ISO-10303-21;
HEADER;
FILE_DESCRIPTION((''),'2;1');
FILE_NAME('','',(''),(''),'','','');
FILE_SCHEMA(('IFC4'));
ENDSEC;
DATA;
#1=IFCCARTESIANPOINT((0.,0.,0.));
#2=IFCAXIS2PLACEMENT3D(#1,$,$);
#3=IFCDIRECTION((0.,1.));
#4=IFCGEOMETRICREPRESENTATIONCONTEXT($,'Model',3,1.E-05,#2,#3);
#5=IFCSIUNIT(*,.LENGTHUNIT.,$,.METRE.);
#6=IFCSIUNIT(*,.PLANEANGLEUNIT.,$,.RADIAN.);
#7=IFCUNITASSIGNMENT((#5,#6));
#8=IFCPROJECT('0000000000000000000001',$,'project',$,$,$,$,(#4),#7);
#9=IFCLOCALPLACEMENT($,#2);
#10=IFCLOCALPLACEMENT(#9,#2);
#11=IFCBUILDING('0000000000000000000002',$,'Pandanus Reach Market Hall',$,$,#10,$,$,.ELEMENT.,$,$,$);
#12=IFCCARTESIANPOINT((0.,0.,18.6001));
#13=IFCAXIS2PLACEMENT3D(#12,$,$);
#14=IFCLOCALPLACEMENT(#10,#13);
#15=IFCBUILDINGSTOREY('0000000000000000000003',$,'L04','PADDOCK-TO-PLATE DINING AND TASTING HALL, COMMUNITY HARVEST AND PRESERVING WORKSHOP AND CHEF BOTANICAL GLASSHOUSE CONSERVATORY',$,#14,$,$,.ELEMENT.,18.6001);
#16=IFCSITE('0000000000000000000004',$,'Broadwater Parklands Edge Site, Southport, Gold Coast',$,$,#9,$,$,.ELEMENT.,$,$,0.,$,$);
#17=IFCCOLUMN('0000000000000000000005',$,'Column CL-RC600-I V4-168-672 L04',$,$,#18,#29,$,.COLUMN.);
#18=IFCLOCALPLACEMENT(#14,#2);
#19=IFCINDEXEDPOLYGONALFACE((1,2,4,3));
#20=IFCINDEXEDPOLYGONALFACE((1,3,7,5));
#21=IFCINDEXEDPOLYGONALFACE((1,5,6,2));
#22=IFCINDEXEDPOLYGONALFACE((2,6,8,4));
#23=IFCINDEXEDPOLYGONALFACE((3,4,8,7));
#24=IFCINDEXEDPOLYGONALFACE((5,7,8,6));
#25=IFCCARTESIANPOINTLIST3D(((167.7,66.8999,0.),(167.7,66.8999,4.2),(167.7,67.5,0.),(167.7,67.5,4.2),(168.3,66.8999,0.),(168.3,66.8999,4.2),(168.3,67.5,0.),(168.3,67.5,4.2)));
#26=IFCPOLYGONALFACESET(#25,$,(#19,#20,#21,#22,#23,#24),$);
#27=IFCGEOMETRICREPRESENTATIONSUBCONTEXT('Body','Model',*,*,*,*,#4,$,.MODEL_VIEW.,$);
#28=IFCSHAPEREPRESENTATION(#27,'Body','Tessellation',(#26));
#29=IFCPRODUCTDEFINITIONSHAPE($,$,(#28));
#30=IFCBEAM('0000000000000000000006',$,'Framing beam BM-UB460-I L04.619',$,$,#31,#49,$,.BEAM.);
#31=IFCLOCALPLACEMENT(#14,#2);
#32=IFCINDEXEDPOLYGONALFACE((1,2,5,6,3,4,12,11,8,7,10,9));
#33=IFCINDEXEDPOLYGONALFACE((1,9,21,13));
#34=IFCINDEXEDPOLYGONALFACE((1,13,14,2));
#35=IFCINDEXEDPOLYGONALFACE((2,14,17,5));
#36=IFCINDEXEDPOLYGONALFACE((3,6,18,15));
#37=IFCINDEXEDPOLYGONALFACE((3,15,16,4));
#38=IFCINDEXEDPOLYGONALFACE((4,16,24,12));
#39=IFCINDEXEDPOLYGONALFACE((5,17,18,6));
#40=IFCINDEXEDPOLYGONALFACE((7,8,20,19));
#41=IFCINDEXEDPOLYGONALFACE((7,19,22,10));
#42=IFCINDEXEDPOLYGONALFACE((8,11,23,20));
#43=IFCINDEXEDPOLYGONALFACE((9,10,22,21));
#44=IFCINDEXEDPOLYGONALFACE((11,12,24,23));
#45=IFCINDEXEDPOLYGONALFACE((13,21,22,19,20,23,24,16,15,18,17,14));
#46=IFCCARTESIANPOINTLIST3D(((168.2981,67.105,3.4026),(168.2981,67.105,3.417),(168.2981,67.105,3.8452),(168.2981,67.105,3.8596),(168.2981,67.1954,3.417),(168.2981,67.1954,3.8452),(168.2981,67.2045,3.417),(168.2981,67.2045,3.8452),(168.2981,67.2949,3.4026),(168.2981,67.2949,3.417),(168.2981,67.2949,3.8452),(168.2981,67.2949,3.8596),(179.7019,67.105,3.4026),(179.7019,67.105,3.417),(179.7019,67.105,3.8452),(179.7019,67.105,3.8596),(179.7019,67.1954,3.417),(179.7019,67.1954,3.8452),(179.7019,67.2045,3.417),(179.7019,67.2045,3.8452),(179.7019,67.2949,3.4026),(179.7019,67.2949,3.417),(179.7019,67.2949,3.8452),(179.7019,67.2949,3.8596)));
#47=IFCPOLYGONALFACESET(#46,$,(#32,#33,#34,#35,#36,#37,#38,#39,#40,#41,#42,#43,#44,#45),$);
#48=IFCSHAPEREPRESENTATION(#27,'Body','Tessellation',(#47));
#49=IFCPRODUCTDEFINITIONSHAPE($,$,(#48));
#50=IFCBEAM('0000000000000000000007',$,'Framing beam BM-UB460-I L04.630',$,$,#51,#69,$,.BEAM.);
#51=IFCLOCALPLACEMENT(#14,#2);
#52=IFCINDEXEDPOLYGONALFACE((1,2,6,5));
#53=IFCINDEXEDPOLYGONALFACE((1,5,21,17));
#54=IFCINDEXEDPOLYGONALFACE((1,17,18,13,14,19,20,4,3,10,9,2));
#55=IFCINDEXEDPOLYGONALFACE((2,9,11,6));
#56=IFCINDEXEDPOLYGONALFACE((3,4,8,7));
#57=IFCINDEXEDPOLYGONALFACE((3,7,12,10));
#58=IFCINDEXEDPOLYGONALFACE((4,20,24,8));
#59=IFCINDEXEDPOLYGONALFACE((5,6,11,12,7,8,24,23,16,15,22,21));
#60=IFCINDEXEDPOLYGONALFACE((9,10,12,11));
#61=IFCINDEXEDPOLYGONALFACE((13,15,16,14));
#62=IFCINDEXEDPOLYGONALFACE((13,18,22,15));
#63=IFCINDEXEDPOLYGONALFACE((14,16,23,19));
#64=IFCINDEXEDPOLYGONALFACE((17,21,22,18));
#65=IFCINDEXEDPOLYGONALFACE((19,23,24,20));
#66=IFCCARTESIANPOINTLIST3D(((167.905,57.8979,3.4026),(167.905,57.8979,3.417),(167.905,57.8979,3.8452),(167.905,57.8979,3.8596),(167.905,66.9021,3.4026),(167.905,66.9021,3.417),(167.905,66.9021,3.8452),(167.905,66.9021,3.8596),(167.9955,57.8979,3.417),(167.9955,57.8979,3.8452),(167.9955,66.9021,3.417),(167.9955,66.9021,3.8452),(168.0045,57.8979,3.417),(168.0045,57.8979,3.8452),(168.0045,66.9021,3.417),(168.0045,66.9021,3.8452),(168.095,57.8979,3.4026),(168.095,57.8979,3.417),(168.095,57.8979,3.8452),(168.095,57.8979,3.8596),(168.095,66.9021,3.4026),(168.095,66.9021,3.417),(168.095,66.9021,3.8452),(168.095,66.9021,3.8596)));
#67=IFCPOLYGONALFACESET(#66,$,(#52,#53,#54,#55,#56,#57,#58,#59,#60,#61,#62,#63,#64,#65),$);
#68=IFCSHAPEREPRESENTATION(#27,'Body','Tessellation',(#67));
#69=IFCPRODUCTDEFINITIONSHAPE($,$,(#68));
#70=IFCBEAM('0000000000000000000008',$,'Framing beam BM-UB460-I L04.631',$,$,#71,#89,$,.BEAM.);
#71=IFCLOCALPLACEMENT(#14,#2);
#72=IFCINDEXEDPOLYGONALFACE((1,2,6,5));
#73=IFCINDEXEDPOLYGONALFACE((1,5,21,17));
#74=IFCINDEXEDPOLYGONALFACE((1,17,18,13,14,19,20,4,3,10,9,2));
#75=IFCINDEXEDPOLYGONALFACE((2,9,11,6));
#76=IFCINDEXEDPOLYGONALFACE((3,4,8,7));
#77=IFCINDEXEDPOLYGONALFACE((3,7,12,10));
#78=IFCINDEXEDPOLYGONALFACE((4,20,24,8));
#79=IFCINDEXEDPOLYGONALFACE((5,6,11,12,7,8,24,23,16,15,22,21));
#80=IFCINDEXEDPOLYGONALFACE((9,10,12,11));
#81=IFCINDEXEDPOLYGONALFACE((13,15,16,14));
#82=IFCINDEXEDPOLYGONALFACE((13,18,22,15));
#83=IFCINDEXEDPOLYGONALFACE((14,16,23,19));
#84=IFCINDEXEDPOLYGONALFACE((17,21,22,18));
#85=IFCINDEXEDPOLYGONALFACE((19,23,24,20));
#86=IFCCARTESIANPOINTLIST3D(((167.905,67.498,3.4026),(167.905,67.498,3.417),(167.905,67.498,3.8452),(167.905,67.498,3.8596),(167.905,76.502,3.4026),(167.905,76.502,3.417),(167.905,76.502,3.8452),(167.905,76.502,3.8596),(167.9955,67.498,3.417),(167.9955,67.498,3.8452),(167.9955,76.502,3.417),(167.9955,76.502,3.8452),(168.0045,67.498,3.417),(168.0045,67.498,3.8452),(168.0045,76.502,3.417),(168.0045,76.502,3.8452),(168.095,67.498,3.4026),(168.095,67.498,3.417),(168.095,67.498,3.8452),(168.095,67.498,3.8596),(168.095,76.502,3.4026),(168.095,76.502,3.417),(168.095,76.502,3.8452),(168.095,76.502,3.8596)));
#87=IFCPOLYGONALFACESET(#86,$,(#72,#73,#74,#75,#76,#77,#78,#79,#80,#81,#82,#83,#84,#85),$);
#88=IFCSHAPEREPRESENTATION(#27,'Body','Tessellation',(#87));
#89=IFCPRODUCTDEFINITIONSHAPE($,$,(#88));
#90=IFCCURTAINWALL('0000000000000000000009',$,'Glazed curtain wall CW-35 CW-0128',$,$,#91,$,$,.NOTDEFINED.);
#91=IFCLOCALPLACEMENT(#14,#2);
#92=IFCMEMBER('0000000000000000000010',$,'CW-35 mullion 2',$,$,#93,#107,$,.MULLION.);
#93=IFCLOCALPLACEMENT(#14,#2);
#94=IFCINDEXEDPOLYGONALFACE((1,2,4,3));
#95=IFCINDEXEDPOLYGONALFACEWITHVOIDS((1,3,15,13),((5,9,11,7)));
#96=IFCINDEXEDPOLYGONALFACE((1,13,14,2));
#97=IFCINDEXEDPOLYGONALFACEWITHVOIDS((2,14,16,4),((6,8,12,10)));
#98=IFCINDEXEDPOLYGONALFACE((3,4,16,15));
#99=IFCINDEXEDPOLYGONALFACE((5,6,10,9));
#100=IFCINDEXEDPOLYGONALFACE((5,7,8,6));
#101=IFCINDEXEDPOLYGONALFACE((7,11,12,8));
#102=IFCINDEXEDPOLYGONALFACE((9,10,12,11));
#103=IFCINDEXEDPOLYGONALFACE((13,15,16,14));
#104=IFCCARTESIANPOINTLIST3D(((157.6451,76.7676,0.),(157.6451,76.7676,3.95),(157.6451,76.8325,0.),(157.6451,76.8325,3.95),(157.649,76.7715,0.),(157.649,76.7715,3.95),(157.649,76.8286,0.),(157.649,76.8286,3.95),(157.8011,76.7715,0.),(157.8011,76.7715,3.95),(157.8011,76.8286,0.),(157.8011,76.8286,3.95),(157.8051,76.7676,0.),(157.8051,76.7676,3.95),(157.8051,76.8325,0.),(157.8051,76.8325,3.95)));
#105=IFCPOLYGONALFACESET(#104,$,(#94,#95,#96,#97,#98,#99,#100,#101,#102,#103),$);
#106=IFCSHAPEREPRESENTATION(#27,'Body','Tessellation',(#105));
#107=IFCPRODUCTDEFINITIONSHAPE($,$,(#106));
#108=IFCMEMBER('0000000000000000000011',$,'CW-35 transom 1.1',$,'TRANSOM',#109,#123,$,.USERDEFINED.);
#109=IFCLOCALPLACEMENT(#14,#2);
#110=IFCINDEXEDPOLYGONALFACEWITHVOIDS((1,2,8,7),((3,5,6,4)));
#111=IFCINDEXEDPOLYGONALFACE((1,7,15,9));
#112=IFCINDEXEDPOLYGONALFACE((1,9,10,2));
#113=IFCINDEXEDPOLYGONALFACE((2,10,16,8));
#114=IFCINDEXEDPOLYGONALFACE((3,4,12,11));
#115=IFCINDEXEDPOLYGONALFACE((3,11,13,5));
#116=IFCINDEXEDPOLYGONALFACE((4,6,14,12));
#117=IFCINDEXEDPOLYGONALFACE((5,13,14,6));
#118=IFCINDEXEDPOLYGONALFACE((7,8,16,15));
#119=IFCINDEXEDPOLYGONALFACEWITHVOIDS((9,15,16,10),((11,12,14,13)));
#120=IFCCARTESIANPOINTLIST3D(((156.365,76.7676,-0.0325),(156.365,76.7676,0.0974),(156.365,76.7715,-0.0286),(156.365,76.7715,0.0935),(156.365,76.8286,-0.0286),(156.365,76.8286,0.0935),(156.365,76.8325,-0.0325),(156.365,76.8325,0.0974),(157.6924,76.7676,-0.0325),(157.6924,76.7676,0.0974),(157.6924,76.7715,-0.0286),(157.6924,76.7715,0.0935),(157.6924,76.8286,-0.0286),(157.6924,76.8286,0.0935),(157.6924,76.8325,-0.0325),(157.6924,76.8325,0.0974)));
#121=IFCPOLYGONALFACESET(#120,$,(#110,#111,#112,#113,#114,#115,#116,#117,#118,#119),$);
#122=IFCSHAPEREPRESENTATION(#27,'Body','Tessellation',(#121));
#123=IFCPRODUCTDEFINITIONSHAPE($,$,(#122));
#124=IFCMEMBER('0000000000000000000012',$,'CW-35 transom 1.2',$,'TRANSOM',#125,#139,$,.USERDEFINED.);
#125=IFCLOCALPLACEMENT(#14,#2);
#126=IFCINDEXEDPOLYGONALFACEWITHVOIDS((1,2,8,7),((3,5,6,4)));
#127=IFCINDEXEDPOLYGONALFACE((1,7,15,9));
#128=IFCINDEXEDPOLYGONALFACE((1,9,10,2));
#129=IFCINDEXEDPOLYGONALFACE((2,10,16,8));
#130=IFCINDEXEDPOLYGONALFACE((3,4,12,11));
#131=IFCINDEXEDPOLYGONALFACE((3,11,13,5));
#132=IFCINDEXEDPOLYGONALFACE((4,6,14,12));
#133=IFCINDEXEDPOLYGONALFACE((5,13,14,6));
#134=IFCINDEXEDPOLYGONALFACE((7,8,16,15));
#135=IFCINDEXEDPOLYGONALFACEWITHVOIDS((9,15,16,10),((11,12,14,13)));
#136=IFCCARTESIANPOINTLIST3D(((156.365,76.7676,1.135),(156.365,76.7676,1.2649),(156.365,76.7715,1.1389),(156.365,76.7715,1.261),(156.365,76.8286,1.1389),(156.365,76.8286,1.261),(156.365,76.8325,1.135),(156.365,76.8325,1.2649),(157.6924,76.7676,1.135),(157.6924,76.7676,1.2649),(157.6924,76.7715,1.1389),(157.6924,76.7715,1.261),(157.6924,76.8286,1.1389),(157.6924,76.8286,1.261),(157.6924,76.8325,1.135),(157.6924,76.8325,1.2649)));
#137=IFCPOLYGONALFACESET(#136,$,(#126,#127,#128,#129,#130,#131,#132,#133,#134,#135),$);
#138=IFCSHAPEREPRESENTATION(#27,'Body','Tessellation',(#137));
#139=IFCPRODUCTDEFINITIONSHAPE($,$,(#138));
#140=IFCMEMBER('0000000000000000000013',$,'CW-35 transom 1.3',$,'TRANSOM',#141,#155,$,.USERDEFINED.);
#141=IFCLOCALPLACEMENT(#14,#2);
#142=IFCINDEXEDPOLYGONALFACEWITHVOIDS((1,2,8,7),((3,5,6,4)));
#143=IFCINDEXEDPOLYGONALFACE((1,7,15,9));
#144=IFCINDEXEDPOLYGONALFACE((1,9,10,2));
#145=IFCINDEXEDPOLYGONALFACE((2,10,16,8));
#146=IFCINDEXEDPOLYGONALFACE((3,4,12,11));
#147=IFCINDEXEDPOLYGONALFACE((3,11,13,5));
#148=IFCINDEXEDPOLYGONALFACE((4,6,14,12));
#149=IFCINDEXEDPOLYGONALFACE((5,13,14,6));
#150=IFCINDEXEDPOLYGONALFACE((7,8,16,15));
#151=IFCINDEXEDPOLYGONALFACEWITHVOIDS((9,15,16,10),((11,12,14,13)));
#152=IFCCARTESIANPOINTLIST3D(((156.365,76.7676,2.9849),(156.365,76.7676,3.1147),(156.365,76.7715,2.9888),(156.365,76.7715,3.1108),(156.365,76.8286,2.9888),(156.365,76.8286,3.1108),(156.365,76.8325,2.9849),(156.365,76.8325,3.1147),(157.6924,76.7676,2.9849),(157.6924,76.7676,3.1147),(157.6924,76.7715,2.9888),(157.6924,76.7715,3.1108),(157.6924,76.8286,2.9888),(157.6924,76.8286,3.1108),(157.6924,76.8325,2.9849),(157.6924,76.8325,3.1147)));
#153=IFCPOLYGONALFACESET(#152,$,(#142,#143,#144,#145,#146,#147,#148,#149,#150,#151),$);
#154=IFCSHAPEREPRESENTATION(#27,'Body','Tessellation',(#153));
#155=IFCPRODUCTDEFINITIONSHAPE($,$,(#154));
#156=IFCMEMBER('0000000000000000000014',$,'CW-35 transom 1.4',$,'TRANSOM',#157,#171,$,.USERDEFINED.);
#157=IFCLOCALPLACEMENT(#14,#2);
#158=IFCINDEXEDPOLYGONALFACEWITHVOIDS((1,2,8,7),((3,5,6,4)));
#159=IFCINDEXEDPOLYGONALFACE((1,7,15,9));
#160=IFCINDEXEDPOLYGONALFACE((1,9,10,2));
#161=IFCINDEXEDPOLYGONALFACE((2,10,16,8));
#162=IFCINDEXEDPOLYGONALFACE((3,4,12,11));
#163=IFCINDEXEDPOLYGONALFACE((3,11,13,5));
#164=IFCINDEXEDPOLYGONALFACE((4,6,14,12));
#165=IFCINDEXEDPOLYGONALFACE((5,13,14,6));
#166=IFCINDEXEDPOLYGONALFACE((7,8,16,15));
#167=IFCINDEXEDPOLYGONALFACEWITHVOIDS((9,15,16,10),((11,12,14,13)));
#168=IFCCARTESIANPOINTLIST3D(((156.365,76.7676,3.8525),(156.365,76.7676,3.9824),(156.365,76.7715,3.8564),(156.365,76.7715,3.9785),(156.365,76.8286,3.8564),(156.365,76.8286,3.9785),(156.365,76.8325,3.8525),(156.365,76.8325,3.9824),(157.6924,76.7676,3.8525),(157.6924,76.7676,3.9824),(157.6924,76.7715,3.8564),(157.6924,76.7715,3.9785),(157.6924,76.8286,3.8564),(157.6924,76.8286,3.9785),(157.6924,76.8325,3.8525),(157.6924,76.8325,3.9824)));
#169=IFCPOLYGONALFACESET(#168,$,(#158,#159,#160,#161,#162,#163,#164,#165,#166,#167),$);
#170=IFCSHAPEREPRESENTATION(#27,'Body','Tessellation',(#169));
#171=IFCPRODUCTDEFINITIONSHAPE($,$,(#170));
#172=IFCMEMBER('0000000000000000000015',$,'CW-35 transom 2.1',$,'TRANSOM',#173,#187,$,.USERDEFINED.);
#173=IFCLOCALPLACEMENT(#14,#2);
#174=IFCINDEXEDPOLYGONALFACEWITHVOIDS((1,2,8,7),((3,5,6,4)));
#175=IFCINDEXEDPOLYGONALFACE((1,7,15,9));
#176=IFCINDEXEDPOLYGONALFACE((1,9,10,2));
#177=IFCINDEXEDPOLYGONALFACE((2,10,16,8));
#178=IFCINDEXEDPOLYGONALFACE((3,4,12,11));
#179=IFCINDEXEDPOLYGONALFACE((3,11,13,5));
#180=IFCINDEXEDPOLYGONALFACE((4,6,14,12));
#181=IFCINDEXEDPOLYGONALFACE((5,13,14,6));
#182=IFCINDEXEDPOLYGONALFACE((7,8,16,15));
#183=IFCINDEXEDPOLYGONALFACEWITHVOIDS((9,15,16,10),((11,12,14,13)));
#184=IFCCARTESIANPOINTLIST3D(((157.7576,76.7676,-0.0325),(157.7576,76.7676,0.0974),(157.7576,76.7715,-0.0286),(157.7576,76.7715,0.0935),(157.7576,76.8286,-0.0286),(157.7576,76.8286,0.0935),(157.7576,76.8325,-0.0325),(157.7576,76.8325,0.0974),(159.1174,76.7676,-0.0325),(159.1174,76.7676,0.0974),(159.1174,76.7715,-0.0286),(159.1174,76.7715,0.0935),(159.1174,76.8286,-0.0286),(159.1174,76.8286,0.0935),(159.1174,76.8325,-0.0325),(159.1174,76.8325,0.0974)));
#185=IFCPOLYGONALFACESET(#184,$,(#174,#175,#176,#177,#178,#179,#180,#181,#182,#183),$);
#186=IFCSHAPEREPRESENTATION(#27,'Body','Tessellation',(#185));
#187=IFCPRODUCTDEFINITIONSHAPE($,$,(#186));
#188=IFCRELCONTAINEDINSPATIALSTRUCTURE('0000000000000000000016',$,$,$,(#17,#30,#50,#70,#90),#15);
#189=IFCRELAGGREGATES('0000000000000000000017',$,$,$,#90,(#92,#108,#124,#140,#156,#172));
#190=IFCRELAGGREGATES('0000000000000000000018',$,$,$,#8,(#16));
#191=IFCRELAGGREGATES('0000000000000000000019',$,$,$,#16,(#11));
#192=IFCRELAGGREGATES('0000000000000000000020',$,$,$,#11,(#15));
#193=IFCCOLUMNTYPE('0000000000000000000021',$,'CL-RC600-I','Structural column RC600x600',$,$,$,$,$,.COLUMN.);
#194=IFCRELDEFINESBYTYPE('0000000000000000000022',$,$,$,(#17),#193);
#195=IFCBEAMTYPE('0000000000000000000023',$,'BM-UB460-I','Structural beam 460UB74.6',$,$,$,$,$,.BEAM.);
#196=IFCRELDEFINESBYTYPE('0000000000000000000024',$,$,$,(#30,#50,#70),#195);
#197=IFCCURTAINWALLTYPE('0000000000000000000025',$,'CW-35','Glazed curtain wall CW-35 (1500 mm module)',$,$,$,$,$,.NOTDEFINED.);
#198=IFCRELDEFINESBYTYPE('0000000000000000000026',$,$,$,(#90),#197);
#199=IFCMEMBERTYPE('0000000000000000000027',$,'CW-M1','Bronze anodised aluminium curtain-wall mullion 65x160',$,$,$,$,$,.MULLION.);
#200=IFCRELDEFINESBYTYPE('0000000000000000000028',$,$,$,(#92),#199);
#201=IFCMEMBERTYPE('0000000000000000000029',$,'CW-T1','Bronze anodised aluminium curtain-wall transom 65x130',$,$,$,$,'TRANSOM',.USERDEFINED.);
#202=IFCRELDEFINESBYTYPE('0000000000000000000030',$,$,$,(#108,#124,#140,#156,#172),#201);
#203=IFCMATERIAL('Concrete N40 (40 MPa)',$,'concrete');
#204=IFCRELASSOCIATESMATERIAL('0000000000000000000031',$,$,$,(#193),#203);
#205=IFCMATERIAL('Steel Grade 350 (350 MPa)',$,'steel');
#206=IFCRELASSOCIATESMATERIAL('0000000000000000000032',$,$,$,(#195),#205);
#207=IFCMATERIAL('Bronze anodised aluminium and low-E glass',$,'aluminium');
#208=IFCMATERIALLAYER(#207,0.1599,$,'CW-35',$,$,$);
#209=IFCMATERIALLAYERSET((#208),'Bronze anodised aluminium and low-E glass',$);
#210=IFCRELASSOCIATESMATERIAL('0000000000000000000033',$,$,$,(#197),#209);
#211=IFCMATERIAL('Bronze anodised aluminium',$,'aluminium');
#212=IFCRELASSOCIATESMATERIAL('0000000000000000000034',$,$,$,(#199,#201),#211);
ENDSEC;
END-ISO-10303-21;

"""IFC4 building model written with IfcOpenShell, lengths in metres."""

from ifc_helpers import new_model, si_unit, direction, frame, origin, origin_2d, place, context, subcontext, project, spatial, rectangle, hollow_rectangle, i_section, extrude, material, layer, layer_set, material_profile, profile_set, type_object, element, aggregate, save


model = new_model("IFC4")

# Units and contexts
model_context = context("Model", 3, precision=1e-05, world=origin(), true_north=direction((0.0, 1.0)))
body_context = subcontext(model_context, "Body", "Model", "MODEL_VIEW")
ifc_project = project(units=[si_unit("LENGTHUNIT", "METRE"), si_unit("PLANEANGLEUNIT", "RADIAN")], contexts=[model_context])

# Site, building, storey
site_placement = place(None, origin())
site = spatial("IfcSite", under=ifc_project, at=site_placement, Name="Broadwater Parklands Edge Site, Southport, Gold Coast", CompositionType="ELEMENT", RefElevation=0.0)
building_placement = place(site_placement, origin())
building = spatial("IfcBuilding", under=site, at=building_placement, Name="Pandanus Reach Market Hall", CompositionType="ELEMENT")
storey_placement = place(building_placement, frame((0.0, 0.0, 18.6001)))
storey = spatial("IfcBuildingStorey", under=building, at=storey_placement, Name="L04", Description="PADDOCK-TO-PLATE DINING AND TASTING HALL, COMMUNITY HARVEST AND PRESERVING WORKSHOP AND CHEF BOTANICAL GLASSHOUSE CONSERVATORY", CompositionType="ELEMENT", Elevation=18.6001)

# Column
ifc_material_1 = material(Name="Concrete N40 (40 MPa)", Category="concrete")
ifc_material_profile_1 = material_profile(ifc_material_1, rectangle(XDim=0.6001, YDim=0.6001, at=origin_2d()), Name="RC600x600", Category="LoadBearing")
ifc_profile_set_1 = profile_set([ifc_material_profile_1], Name="Concrete N40 (40 MPa)")
column_type = type_object("IfcColumnType", Name="CL-RC600-I", Description="Structural column RC600x600", PredefinedType="COLUMN", material=ifc_profile_set_1)
column_placement = place(storey_placement, frame((168.0, 67.2, 0.0), z_axis=(0.0, 0.0, 1.0), x_axis=(1.0, 0.0, 0.0)))
element("IfcColumn", 1, at=column_placement, inside=storey, type_object=column_type, Name="Column CL-RC600-I V4-168-672 L04", PredefinedType="COLUMN", context=body_context, shape_type="SweptSolid", body=[
    extrude(rectangle(XDim=0.6001, YDim=0.6001, at=origin_2d()), origin(), (0.0, 0.0, 1.0), 4.2),
])

# Beams
ifc_material_2 = material(Name="Steel Grade 350 (350 MPa)", Category="steel")
ifc_material_profile_2 = material_profile(ifc_material_2, i_section(OverallWidth=0.1899, OverallDepth=0.457, WebThickness=0.009, FlangeThickness=0.0144, at=origin_2d()), Name="460UB74.6", Category="LoadBearing")
ifc_profile_set_2 = profile_set([ifc_material_profile_2], Name="Steel Grade 350 (350 MPa)")
beam_type_1 = type_object("IfcBeamType", Name="BM-UB460-I", Description="Structural beam 460UB74.6", PredefinedType="BEAM", material=ifc_profile_set_2)
beam_1_placement = place(storey_placement, frame((168.2981, 67.2, 3.6311), z_axis=(1.0, 0.0, 0.0), x_axis=(0.0, 1.0, 0.0)))
element("IfcBeam", 2, at=beam_1_placement, inside=storey, type_object=beam_type_1, Name="Framing beam BM-UB460-I L04.619", PredefinedType="BEAM", context=body_context, shape_type="SweptSolid", body=[
    extrude(i_section(OverallWidth=0.1899, OverallDepth=0.457, WebThickness=0.009, FlangeThickness=0.0144, at=origin_2d()), origin(), (0.0, 0.0, 1.0), 11.4038),
])
beam_2_placement = place(storey_placement, frame((168.0, 57.8979, 3.6311), z_axis=(0.0, 1.0, 0.0), x_axis=(-1.0, 0.0, 0.0)))
element("IfcBeam", 3, at=beam_2_placement, inside=storey, type_object=beam_type_1, Name="Framing beam BM-UB460-I L04.630", PredefinedType="BEAM", context=body_context, shape_type="SweptSolid", body=[
    extrude(i_section(OverallWidth=0.1899, OverallDepth=0.457, WebThickness=0.009, FlangeThickness=0.0144, at=origin_2d()), origin(), (0.0, 0.0, 1.0), 9.0042),
])
beam_3_placement = place(storey_placement, frame((168.0, 67.498, 3.6311), z_axis=(0.0, 1.0, 0.0), x_axis=(-1.0, 0.0, 0.0)))
element("IfcBeam", 4, at=beam_3_placement, inside=storey, type_object=beam_type_1, Name="Framing beam BM-UB460-I L04.631", PredefinedType="BEAM", context=body_context, shape_type="SweptSolid", body=[
    extrude(i_section(OverallWidth=0.1899, OverallDepth=0.457, WebThickness=0.009, FlangeThickness=0.0144, at=origin_2d()), origin(), (0.0, 0.0, 1.0), 9.0039),
])

# Curtain wall, members
ifc_material_3 = material(Name="Bronze anodised aluminium and low-E glass", Category="aluminium")
ifc_layer_1 = layer(ifc_material_3, 0.1599, Name="CW-35")
ifc_layer_set_1 = layer_set([ifc_layer_1], Name="Bronze anodised aluminium and low-E glass")
curtain_wall_type = type_object("IfcCurtainWallType", Name="CW-35", Description="Glazed curtain wall CW-35 (1500 mm module)", PredefinedType="NOTDEFINED", material=ifc_layer_set_1)
curtain_wall_placement = place(storey_placement, origin())
curtain_wall = element("IfcCurtainWall", 5, at=curtain_wall_placement, inside=storey, type_object=curtain_wall_type, Name="Glazed curtain wall CW-35 CW-0128", PredefinedType="NOTDEFINED")
ifc_material_4 = material(Name="Bronze anodised aluminium", Category="aluminium")
ifc_material_profile_3 = material_profile(ifc_material_4, hollow_rectangle(XDim=0.0649, YDim=0.1599, WallThickness=0.0039, at=origin_2d()), Name="ALU65x160", Category="LoadBearing")
ifc_profile_set_3 = profile_set([ifc_material_profile_3], Name="Bronze anodised aluminium")
member_type_1 = type_object("IfcMemberType", Name="CW-M1", Description="Bronze anodised aluminium curtain-wall mullion 65x160", PredefinedType="MULLION", material=ifc_profile_set_3)
member_1_placement = place(storey_placement, frame((157.7251, 76.8, 0.0), z_axis=(0.0, 0.0, 1.0), x_axis=(0.0, 1.0, 0.0)))
member_1 = element("IfcMember", 6, at=member_1_placement, type_object=member_type_1, Name="CW-35 mullion 2", PredefinedType="MULLION", context=body_context, shape_type="SweptSolid", body=[
    extrude(hollow_rectangle(XDim=0.0649, YDim=0.1599, WallThickness=0.0039, at=origin_2d()), origin(), (0.0, 0.0, 1.0), 3.95),
])
ifc_material_profile_4 = material_profile(ifc_material_4, hollow_rectangle(XDim=0.0649, YDim=0.1299, WallThickness=0.0039, at=origin_2d()), Name="ALU65x130", Category="LoadBearing")
ifc_profile_set_4 = profile_set([ifc_material_profile_4], Name="Bronze anodised aluminium")
member_type_2 = type_object("IfcMemberType", Name="CW-T1", Description="Bronze anodised aluminium curtain-wall transom 65x130", ElementType="TRANSOM", PredefinedType="USERDEFINED", material=ifc_profile_set_4)
member_2_placement = place(storey_placement, frame((156.365, 76.8, 0.0325), z_axis=(1.0, 0.0, 0.0), x_axis=(0.0, 1.0, 0.0)))
member_2 = element("IfcMember", 7, at=member_2_placement, type_object=member_type_2, Name="CW-35 transom 1.1", ObjectType="TRANSOM", PredefinedType="USERDEFINED", context=body_context, shape_type="SweptSolid", body=[
    extrude(hollow_rectangle(XDim=0.0649, YDim=0.1299, WallThickness=0.0039, at=origin_2d()), origin(), (0.0, 0.0, 1.0), 1.3274),
])
member_3_placement = place(storey_placement, frame((156.365, 76.8, 1.2), z_axis=(1.0, 0.0, 0.0), x_axis=(0.0, 1.0, 0.0)))
member_3 = element("IfcMember", 8, at=member_3_placement, type_object=member_type_2, Name="CW-35 transom 1.2", ObjectType="TRANSOM", PredefinedType="USERDEFINED", context=body_context, shape_type="SweptSolid", body=[
    extrude(hollow_rectangle(XDim=0.0649, YDim=0.1299, WallThickness=0.0039, at=origin_2d()), origin(), (0.0, 0.0, 1.0), 1.3274),
])
member_4_placement = place(storey_placement, frame((156.365, 76.8, 3.0498), z_axis=(1.0, 0.0, 0.0), x_axis=(0.0, 1.0, 0.0)))
member_4 = element("IfcMember", 9, at=member_4_placement, type_object=member_type_2, Name="CW-35 transom 1.3", ObjectType="TRANSOM", PredefinedType="USERDEFINED", context=body_context, shape_type="SweptSolid", body=[
    extrude(hollow_rectangle(XDim=0.0649, YDim=0.1299, WallThickness=0.0039, at=origin_2d()), origin(), (0.0, 0.0, 1.0), 1.3274),
])
member_5_placement = place(storey_placement, frame((156.365, 76.8, 3.9175), z_axis=(1.0, 0.0, 0.0), x_axis=(0.0, 1.0, 0.0)))
member_5 = element("IfcMember", 10, at=member_5_placement, type_object=member_type_2, Name="CW-35 transom 1.4", ObjectType="TRANSOM", PredefinedType="USERDEFINED", context=body_context, shape_type="SweptSolid", body=[
    extrude(hollow_rectangle(XDim=0.0649, YDim=0.1299, WallThickness=0.0039, at=origin_2d()), origin(), (0.0, 0.0, 1.0), 1.3274),
])
member_6_placement = place(storey_placement, frame((157.7576, 76.8, 0.0325), z_axis=(1.0, 0.0, 0.0), x_axis=(0.0, 1.0, 0.0)))
member_6 = element("IfcMember", 11, at=member_6_placement, type_object=member_type_2, Name="CW-35 transom 2.1", ObjectType="TRANSOM", PredefinedType="USERDEFINED", context=body_context, shape_type="SweptSolid", body=[
    extrude(hollow_rectangle(XDim=0.0649, YDim=0.1299, WallThickness=0.0039, at=origin_2d()), origin(), (0.0, 0.0, 1.0), 1.3599),
])

aggregate(curtain_wall, [member_1, member_2, member_3, member_4, member_5, member_6])

save(model, "model.ifc")
